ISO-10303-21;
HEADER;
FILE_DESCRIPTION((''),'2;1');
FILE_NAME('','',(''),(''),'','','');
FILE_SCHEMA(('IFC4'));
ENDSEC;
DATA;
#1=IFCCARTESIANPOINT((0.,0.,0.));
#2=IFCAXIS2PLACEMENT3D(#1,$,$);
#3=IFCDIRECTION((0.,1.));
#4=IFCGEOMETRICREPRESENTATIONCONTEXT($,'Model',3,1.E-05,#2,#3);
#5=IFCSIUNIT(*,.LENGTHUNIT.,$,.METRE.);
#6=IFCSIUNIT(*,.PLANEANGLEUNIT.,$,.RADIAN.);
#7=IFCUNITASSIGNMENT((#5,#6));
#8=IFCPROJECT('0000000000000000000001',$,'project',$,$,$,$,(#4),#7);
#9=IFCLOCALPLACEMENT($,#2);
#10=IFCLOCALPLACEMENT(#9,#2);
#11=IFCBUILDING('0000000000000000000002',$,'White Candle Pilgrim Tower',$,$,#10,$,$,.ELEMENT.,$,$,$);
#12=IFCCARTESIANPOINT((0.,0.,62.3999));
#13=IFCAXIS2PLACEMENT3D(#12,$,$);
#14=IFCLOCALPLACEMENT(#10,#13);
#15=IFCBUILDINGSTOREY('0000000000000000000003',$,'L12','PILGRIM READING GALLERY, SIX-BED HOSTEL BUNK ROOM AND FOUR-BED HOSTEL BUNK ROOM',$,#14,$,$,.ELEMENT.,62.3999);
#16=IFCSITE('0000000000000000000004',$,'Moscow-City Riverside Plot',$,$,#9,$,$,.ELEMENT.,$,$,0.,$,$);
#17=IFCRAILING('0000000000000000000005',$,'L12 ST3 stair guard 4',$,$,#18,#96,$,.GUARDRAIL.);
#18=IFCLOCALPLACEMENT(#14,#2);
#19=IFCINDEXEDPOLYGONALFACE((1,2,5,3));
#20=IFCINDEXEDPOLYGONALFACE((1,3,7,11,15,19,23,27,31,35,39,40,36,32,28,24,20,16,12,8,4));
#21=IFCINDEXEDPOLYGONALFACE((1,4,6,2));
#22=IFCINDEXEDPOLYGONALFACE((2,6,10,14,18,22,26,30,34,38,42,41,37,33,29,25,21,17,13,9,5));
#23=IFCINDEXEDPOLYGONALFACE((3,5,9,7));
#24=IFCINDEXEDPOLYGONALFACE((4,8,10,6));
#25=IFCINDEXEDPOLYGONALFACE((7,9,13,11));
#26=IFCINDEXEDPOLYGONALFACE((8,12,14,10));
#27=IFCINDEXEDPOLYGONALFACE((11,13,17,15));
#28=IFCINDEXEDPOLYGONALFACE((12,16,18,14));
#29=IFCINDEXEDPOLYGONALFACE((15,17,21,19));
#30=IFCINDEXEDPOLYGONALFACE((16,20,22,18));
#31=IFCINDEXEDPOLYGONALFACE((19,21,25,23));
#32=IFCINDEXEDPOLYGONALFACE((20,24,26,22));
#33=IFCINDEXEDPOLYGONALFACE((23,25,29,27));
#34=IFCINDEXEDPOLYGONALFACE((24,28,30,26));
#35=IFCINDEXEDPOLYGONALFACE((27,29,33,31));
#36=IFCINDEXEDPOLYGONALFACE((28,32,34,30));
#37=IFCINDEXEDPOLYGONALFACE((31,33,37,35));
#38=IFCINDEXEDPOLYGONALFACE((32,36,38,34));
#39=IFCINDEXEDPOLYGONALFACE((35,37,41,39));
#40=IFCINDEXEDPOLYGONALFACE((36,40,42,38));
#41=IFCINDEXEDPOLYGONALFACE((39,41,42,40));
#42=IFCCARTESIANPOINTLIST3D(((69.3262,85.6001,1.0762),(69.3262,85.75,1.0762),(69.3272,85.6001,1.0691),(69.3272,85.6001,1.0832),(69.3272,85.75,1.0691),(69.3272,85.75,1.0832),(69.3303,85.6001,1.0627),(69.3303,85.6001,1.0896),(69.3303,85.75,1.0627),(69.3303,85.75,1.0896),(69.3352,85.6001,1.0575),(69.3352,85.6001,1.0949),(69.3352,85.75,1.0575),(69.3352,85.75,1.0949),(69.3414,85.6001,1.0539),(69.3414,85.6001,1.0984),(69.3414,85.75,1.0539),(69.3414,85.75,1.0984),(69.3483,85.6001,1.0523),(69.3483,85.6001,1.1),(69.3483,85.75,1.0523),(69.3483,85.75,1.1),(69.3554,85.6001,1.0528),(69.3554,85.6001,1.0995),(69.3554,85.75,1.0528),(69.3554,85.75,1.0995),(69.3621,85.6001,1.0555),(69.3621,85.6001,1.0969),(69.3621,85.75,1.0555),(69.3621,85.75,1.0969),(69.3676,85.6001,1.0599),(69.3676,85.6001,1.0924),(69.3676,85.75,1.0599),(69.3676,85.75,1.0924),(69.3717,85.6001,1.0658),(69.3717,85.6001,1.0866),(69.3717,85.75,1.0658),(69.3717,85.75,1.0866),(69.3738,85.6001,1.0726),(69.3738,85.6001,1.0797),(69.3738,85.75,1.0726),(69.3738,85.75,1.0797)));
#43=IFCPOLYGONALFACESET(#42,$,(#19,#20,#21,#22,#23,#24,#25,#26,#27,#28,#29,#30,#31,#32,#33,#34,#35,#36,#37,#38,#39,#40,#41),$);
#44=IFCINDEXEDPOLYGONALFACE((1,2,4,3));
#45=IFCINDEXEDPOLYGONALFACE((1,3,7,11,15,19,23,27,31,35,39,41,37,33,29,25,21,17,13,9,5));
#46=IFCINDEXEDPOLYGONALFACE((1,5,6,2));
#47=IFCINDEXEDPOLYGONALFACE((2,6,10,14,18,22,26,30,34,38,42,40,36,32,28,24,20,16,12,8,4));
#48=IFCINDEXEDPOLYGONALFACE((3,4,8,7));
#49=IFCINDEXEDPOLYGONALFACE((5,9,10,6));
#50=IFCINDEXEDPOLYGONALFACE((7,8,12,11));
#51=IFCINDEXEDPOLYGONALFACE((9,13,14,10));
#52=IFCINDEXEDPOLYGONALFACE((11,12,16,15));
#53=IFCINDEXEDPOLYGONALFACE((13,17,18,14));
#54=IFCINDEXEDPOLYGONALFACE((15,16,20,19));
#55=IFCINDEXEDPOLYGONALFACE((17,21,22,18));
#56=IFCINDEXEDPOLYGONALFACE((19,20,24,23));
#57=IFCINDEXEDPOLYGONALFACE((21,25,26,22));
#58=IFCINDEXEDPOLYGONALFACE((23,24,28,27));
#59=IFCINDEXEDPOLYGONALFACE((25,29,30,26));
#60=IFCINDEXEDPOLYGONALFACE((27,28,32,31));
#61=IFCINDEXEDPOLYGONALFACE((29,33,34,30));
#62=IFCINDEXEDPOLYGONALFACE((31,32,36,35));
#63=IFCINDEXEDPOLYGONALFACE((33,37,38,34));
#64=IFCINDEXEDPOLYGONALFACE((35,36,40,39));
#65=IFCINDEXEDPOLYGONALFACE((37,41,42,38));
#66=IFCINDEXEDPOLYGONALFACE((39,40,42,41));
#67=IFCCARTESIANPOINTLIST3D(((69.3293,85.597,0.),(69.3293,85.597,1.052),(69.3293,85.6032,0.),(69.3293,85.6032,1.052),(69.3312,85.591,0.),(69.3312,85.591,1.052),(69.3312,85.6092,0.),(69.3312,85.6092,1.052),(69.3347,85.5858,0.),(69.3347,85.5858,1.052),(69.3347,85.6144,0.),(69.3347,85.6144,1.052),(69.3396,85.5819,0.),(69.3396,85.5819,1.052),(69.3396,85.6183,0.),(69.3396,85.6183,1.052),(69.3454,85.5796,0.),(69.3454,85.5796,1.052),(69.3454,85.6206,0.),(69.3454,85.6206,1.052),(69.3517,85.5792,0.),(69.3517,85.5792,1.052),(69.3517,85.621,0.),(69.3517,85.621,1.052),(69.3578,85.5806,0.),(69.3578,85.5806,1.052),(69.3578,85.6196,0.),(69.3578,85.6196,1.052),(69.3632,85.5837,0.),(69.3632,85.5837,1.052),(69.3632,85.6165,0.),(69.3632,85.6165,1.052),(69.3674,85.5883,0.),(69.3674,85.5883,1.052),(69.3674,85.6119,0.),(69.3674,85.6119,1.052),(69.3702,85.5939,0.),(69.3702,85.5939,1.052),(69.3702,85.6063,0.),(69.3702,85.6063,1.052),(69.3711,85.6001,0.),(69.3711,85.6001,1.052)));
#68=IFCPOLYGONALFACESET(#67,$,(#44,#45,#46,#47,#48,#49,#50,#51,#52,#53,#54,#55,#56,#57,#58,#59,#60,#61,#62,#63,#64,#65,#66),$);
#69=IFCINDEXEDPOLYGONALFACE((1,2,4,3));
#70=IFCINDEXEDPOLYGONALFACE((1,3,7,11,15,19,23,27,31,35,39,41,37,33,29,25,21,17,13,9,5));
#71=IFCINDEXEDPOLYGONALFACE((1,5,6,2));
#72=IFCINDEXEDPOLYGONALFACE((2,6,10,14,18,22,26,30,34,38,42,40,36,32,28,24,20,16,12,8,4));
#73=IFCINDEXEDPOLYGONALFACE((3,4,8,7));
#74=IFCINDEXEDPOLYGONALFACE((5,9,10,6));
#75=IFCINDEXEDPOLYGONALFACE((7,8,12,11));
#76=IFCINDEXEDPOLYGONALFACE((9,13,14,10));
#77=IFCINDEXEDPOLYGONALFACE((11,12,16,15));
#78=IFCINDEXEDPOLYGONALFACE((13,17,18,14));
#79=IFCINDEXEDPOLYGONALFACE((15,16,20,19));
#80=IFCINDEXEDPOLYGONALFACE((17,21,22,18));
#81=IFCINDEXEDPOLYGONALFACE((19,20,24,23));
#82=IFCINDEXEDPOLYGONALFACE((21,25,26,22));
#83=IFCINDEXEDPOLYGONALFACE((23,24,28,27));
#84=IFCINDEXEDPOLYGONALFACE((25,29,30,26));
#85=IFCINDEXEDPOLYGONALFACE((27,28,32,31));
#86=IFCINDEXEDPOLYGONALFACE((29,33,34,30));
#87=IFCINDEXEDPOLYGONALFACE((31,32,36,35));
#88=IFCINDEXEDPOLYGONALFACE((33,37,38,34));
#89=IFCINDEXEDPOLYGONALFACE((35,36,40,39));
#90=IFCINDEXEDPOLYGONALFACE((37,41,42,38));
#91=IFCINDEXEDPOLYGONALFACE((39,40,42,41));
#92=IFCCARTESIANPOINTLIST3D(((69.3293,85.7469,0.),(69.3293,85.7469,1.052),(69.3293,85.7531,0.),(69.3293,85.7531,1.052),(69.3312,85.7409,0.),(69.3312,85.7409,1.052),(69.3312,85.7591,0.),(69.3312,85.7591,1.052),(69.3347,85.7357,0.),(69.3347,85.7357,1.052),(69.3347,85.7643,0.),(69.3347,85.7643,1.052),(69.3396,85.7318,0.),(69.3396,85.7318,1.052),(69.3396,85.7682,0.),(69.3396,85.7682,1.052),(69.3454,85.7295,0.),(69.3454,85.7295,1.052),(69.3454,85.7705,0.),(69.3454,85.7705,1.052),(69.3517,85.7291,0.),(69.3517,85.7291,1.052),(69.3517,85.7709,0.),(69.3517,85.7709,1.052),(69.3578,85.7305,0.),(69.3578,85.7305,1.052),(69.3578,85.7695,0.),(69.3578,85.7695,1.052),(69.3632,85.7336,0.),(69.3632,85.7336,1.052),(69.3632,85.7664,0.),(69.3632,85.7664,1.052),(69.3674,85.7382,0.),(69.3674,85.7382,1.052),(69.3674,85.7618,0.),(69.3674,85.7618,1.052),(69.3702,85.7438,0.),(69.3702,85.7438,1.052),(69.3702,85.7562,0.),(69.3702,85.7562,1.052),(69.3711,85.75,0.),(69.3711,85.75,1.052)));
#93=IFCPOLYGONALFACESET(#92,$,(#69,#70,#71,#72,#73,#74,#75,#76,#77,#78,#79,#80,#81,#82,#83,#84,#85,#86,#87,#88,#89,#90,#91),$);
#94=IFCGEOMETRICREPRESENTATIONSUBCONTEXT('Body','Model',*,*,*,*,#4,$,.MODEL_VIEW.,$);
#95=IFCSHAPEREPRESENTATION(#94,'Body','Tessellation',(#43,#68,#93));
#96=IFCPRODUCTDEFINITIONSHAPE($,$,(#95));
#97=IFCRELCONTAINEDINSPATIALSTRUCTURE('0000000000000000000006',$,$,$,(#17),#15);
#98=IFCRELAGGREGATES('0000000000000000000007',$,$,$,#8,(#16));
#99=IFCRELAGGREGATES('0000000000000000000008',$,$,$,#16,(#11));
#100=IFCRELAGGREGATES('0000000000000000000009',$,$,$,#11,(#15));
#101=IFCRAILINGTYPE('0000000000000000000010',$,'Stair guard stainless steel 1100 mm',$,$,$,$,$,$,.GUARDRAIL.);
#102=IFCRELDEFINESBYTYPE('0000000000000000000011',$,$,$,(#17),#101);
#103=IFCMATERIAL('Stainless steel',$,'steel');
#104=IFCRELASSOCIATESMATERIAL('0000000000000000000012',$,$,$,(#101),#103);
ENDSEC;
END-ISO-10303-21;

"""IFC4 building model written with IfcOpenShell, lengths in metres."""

from ifc_helpers import new_model, si_unit, direction, frame, origin, origin_2d, place, context, subcontext, project, spatial, circle, extrude, material, type_object, element, save


model = new_model("IFC4")

# Units and contexts
model_context = context("Model", 3, precision=1e-05, world=origin(), true_north=direction((0.0, 1.0)))
body_context = subcontext(model_context, "Body", "Model", "MODEL_VIEW")
ifc_project = project(units=[si_unit("LENGTHUNIT", "METRE"), si_unit("PLANEANGLEUNIT", "RADIAN")], contexts=[model_context])

# Site, building, storey
site_placement = place(None, origin())
site = spatial("IfcSite", under=ifc_project, at=site_placement, Name="Moscow-City Riverside Plot", CompositionType="ELEMENT", RefElevation=0.0)
building_placement = place(site_placement, origin())
building = spatial("IfcBuilding", under=site, at=building_placement, Name="White Candle Pilgrim Tower", CompositionType="ELEMENT")
storey_placement = place(building_placement, frame((0.0, 0.0, 62.3999)))
storey = spatial("IfcBuildingStorey", under=building, at=storey_placement, Name="L12", Description="PILGRIM READING GALLERY, SIX-BED HOSTEL BUNK ROOM AND FOUR-BED HOSTEL BUNK ROOM", CompositionType="ELEMENT", Elevation=62.3999)

# Railing
ifc_material_1 = material(Name="Stainless steel", Category="steel")
railing_type_1 = type_object("IfcRailingType", Name="Stair guard stainless steel 1100 mm", PredefinedType="GUARDRAIL", material=ifc_material_1)
railing_1_placement = place(storey_placement, frame((69.3501, 85.6001, 0.0)))
element("IfcRailing", 1, at=railing_1_placement, inside=storey, type_object=railing_type_1, Name="L12 ST3 stair guard 4", PredefinedType="GUARDRAIL", context=body_context, shape_type="SweptSolid", body=[
    extrude(circle(Radius=0.0239, at=origin_2d()), frame((0.0, 0.0, 1.0762), z_axis=(0.0, 1.0, 0.0), x_axis=(-1.0, 0.0, 0.0)), (0.0, 0.0, 1.0), 0.1499),
    extrude(circle(Radius=0.021, at=origin_2d()), origin(), (0.0, 0.0, 1.0), 1.052),
    extrude(circle(Radius=0.021, at=origin_2d()), frame((0.0, 0.1499, 0.0)), (0.0, 0.0, 1.0), 1.052),
])

save(model, "model.ifc")
